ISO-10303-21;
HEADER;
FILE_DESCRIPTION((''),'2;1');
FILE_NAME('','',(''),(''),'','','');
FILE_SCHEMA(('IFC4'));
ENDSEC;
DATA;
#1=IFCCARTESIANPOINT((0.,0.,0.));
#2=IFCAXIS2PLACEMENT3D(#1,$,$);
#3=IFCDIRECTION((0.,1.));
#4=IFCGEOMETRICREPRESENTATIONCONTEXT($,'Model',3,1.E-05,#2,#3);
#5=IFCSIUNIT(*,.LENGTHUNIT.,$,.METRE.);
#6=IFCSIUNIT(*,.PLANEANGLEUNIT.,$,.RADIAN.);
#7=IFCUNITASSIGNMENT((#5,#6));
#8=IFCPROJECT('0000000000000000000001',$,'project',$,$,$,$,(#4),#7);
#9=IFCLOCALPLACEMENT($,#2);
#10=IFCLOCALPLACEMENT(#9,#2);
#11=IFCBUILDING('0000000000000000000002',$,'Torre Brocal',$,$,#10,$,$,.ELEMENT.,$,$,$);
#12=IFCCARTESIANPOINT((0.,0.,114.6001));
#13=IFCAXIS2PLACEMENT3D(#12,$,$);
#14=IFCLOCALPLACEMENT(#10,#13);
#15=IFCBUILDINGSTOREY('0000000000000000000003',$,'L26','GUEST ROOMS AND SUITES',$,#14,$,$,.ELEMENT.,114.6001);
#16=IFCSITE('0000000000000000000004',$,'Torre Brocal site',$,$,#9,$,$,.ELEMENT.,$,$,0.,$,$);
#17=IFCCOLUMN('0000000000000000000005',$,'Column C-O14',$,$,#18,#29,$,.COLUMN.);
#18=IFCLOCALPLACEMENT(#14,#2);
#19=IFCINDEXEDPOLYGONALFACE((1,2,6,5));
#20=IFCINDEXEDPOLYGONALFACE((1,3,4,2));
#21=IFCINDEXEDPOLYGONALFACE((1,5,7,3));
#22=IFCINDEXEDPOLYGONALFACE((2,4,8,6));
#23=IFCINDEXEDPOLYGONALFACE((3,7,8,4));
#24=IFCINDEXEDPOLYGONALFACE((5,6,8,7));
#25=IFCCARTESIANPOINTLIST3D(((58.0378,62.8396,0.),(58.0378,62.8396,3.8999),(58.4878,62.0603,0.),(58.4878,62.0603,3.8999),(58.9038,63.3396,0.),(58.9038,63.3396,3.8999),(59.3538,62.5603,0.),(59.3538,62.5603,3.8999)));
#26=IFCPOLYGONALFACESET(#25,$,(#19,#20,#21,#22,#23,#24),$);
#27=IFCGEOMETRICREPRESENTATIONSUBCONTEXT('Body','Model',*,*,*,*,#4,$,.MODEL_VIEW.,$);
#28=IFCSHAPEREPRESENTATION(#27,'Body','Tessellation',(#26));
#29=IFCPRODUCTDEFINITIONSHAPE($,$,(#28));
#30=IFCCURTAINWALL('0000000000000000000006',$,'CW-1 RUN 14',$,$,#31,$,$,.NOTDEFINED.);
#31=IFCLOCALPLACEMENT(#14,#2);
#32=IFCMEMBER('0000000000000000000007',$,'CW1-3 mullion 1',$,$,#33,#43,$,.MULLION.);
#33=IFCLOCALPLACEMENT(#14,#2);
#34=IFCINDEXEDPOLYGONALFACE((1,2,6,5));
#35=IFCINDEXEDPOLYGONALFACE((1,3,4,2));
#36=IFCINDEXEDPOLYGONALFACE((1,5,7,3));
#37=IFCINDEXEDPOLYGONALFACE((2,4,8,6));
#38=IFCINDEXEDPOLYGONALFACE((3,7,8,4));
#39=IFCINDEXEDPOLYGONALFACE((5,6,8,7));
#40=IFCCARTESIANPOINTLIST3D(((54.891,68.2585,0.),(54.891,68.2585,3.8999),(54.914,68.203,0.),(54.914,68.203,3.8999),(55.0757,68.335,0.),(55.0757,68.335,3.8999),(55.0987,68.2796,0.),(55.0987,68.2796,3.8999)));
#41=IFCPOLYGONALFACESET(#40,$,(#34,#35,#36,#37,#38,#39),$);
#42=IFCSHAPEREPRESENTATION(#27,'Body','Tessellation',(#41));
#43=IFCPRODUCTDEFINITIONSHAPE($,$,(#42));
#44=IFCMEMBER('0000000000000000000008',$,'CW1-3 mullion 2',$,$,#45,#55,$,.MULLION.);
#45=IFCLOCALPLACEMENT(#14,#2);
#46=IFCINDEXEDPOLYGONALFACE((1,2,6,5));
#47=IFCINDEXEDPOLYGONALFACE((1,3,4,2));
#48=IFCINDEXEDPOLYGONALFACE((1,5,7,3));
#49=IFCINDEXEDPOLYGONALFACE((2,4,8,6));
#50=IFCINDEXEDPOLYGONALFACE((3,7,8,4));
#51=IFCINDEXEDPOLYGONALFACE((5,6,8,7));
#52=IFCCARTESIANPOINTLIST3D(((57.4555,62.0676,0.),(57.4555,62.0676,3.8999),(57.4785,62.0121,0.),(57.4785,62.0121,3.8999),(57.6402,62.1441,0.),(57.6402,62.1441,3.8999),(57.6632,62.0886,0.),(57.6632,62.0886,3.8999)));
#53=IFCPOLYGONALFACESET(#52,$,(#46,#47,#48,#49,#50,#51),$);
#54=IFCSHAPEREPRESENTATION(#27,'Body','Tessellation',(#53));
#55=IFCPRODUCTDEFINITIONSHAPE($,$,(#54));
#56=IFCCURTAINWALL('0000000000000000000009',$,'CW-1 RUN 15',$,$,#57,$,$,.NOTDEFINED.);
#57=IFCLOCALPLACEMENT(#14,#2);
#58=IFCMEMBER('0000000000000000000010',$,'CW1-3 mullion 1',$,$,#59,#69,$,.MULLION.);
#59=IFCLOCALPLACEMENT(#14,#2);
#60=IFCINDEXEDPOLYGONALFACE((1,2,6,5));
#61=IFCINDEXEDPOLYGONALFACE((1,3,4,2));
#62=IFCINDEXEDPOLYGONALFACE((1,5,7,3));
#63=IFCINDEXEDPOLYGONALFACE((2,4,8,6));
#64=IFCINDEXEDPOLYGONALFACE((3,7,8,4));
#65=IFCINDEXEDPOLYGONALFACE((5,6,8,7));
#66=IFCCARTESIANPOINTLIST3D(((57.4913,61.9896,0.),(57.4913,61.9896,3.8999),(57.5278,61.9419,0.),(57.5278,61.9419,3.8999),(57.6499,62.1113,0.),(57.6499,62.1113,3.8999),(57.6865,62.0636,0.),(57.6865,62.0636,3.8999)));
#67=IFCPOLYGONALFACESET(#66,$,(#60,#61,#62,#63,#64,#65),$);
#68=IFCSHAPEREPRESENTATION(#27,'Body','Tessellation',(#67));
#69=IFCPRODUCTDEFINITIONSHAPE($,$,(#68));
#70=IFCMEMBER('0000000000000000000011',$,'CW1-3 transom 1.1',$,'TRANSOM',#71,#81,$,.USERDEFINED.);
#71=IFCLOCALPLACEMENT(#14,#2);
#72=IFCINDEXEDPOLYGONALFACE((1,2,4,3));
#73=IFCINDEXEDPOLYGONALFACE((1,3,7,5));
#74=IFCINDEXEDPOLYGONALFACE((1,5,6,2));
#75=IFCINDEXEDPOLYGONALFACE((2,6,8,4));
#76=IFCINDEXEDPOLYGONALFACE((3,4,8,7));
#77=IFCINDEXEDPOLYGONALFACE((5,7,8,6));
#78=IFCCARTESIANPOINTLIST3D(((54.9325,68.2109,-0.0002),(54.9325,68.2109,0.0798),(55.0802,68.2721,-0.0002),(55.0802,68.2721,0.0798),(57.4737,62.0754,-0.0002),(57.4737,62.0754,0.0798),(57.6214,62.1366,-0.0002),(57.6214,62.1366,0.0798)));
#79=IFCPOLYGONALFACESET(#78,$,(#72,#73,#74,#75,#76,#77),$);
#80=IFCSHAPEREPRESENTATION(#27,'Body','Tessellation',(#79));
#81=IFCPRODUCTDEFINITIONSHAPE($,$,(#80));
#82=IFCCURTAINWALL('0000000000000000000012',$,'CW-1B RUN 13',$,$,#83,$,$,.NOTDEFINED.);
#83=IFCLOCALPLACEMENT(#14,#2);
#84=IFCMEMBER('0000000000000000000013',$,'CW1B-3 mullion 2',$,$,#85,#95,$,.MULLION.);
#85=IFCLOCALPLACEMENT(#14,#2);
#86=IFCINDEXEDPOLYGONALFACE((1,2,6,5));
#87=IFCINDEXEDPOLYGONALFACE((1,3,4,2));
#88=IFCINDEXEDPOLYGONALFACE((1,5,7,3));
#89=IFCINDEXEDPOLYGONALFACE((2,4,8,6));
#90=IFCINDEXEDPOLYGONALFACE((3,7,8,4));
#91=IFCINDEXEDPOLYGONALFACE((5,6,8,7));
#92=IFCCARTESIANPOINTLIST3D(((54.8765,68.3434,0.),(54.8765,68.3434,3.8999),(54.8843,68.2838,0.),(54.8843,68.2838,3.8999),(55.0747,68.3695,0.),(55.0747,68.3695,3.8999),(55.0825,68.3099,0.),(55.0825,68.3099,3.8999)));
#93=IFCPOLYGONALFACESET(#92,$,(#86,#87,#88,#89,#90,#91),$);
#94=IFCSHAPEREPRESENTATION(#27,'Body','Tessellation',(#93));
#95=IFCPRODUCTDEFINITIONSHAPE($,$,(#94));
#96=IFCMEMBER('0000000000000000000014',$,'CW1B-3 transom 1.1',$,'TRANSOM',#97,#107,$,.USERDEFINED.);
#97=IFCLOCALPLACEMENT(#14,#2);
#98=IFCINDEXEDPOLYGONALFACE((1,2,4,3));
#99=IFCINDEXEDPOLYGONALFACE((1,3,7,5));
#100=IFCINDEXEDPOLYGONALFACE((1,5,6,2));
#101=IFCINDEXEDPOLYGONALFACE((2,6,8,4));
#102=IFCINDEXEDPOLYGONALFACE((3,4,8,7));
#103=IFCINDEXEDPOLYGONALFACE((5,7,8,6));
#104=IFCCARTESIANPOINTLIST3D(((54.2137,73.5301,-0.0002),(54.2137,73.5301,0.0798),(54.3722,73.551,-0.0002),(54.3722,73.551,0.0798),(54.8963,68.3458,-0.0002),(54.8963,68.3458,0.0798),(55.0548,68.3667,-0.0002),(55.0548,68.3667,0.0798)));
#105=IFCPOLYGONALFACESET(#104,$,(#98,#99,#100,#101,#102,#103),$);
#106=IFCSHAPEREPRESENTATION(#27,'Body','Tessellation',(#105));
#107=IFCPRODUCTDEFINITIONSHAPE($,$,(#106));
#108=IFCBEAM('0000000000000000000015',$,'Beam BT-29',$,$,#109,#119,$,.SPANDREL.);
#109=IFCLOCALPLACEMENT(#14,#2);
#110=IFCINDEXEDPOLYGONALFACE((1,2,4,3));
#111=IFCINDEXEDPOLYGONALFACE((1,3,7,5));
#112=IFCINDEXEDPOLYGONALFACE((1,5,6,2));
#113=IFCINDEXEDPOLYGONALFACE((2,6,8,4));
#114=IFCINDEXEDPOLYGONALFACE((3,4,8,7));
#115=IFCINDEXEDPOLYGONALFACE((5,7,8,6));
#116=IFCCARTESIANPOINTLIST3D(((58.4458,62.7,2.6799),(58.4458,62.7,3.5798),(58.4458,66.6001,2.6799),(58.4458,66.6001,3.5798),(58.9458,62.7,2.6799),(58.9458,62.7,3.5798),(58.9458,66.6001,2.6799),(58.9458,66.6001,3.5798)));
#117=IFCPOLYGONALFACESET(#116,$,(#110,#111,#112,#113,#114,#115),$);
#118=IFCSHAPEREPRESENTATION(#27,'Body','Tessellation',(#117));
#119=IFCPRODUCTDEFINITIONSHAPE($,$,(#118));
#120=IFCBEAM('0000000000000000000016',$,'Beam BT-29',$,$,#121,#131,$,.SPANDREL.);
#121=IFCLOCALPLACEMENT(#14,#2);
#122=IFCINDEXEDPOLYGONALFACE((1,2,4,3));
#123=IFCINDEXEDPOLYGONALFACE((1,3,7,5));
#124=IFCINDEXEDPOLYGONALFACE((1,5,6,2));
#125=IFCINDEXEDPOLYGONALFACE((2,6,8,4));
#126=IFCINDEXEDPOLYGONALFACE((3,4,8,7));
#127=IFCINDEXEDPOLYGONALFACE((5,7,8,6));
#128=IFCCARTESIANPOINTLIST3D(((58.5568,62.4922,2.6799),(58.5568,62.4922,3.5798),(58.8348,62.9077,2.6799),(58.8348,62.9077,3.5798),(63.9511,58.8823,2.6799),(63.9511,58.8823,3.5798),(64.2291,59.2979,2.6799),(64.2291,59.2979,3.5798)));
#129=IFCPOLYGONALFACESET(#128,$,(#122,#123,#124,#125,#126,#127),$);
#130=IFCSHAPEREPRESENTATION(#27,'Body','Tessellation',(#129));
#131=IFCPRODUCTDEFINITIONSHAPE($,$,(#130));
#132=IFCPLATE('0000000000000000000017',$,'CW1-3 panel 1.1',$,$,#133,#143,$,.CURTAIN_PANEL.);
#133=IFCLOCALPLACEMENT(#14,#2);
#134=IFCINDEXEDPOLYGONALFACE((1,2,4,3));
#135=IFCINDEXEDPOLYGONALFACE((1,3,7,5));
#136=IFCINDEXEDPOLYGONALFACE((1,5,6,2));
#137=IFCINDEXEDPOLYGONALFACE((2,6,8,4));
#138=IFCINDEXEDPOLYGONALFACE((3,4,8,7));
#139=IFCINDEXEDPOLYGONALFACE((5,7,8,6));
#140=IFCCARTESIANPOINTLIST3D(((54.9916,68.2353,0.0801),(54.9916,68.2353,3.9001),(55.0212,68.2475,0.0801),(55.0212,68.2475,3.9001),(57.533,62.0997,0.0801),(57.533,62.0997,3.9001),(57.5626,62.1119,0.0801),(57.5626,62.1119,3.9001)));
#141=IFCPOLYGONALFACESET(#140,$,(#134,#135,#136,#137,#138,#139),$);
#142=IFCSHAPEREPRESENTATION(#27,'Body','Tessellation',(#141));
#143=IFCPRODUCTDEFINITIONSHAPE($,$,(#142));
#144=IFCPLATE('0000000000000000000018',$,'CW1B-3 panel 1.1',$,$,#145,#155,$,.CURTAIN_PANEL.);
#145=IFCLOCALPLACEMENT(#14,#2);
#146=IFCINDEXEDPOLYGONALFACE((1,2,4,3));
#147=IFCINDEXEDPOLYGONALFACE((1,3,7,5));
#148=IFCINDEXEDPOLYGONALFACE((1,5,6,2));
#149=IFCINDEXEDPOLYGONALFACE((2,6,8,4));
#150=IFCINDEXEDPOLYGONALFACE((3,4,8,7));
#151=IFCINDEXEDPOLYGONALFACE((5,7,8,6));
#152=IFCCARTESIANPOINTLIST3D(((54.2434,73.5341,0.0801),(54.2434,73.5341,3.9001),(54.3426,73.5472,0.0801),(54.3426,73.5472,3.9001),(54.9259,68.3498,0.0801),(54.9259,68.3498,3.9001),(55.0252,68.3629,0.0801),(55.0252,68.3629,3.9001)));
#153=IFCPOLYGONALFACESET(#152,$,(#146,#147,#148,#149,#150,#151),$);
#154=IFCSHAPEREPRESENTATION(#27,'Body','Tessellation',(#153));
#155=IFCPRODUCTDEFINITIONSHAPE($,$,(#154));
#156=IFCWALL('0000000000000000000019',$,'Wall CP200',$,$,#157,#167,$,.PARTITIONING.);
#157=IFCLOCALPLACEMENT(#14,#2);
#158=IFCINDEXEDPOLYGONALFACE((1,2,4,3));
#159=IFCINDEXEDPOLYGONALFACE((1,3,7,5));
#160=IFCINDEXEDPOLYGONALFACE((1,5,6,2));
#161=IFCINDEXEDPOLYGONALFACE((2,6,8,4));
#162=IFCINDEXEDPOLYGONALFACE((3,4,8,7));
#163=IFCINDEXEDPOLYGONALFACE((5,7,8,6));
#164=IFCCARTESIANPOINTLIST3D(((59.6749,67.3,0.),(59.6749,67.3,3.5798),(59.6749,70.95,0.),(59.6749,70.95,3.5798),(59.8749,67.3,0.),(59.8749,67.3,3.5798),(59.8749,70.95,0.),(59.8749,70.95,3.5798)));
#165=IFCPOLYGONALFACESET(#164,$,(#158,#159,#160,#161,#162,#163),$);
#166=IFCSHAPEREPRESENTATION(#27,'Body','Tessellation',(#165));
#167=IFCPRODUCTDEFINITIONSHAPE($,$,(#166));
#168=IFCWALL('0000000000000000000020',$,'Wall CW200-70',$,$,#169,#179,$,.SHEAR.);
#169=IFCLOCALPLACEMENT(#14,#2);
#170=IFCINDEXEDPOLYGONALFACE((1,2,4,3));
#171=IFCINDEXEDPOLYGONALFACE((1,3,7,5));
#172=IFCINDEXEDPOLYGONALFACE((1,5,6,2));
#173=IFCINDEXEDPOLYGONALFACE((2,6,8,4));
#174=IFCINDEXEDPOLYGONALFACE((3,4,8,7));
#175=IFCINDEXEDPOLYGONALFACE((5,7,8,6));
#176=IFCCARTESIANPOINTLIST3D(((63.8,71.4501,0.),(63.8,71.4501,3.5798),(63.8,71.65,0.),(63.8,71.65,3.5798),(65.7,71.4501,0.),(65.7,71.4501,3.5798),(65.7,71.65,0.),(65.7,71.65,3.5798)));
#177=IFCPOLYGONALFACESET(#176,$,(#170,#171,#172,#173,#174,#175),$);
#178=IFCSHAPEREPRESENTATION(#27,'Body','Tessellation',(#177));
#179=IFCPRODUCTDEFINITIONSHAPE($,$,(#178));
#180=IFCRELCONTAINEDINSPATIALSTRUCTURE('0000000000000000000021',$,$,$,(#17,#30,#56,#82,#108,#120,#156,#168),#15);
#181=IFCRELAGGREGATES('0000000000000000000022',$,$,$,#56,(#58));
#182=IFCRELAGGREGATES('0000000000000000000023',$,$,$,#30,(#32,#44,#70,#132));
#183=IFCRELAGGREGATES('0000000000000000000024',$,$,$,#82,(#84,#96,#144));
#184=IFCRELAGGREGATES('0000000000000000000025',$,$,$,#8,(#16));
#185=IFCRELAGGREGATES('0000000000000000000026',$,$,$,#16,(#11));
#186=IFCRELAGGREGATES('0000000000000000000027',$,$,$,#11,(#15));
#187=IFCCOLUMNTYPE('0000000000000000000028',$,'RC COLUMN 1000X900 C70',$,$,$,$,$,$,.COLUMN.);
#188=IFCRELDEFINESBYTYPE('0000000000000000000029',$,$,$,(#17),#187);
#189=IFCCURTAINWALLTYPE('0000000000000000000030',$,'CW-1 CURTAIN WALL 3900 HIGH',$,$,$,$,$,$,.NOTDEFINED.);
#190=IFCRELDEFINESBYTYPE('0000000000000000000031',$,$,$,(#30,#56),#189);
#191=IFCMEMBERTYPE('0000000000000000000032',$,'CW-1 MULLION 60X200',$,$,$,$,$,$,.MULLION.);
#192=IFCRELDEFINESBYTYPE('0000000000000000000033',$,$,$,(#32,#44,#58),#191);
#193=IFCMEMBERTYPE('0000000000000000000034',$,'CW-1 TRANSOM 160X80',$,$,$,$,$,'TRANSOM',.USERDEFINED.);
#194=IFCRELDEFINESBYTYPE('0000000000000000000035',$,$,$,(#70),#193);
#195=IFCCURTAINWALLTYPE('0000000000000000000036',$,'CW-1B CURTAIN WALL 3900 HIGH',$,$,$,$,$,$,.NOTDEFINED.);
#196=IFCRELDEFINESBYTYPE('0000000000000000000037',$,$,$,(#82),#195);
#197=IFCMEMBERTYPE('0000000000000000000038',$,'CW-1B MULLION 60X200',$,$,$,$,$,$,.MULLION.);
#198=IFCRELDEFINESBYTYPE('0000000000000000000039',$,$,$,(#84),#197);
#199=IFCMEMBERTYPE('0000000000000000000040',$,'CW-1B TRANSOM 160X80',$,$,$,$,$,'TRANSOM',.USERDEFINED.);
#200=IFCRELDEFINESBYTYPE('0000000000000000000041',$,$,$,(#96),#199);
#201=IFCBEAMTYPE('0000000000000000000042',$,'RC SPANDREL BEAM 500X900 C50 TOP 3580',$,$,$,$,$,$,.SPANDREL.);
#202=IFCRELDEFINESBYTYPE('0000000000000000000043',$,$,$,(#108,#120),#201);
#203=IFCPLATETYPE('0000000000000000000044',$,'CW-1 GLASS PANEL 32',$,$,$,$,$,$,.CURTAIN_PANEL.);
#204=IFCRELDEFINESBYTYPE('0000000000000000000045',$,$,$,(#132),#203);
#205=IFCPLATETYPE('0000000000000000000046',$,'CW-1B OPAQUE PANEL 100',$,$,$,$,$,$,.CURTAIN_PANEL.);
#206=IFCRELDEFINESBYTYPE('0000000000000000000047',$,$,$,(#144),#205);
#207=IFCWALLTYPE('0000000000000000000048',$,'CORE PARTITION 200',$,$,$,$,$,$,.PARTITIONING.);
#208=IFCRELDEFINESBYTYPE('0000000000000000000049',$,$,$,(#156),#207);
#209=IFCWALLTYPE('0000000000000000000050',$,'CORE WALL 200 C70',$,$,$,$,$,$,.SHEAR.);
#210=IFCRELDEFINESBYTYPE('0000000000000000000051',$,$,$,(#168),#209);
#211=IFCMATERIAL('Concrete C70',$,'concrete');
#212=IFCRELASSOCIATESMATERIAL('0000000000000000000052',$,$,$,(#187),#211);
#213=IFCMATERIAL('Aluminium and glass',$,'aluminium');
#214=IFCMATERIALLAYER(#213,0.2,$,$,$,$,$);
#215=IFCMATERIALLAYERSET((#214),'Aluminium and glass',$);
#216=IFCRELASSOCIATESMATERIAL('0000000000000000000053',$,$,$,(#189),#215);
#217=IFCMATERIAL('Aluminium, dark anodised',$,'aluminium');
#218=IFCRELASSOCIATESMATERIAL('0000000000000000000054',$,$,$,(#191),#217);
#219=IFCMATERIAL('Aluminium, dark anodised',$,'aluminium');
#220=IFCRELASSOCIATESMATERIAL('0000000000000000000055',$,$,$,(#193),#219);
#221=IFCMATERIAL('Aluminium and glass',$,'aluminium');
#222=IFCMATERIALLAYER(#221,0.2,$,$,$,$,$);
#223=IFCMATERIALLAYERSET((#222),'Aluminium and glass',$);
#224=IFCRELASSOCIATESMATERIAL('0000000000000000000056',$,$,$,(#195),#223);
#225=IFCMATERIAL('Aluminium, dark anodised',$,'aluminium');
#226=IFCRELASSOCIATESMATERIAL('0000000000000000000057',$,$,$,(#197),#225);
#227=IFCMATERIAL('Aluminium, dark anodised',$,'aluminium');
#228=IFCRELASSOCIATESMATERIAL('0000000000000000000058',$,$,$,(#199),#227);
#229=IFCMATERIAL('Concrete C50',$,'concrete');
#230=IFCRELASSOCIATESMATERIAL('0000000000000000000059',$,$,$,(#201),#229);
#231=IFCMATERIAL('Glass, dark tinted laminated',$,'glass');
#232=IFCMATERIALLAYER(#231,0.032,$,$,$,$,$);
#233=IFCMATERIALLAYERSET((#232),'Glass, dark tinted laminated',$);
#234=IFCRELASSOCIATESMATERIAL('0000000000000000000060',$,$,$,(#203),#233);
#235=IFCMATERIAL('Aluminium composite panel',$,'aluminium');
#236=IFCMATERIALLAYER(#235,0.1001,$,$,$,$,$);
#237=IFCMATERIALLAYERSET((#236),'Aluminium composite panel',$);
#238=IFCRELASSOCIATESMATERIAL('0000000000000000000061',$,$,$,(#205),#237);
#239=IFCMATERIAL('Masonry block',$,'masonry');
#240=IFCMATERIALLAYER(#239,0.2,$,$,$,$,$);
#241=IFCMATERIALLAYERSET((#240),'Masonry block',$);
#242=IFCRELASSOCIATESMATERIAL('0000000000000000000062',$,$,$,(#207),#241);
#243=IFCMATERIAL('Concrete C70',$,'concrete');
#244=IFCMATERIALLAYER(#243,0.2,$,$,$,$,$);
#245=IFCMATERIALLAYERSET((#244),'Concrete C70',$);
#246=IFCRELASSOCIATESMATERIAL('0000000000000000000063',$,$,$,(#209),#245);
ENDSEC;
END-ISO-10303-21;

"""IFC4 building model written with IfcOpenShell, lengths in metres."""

from ifc_helpers import new_model, si_unit, direction, frame, frame_2d, origin, origin_2d, place, context, subcontext, project, spatial, rectangle, extrude, material, layer, layer_set, material_profile, profile_set, type_object, element, aggregate, save


model = new_model("IFC4")

# Units and contexts
model_context = context("Model", 3, precision=1e-05, world=origin(), true_north=direction((0.0, 1.0)))
body_context = subcontext(model_context, "Body", "Model", "MODEL_VIEW")
ifc_project = project(units=[si_unit("LENGTHUNIT", "METRE"), si_unit("PLANEANGLEUNIT", "RADIAN")], contexts=[model_context])

# Site, building, storey
site_placement = place(None, origin())
site = spatial("IfcSite", under=ifc_project, at=site_placement, Name="Torre Brocal site", CompositionType="ELEMENT", RefElevation=0.0)
building_placement = place(site_placement, origin())
building = spatial("IfcBuilding", under=site, at=building_placement, Name="Torre Brocal", CompositionType="ELEMENT")
storey_placement = place(building_placement, frame((0.0, 0.0, 114.6001)))
storey = spatial("IfcBuildingStorey", under=building, at=storey_placement, Name="L26", Description="GUEST ROOMS AND SUITES", CompositionType="ELEMENT", Elevation=114.6001)

# Column
ifc_material_1 = material(Name="Concrete C70", Category="concrete")
ifc_material_profile_1 = material_profile(ifc_material_1, rectangle(XDim=1.0, YDim=0.8999, at=origin_2d()), Name="RC 1000X900")
ifc_profile_set_1 = profile_set([ifc_material_profile_1], Name="Concrete C70")
column_type = type_object("IfcColumnType", Name="RC COLUMN 1000X900 C70", PredefinedType="COLUMN", material=ifc_profile_set_1)
column_placement = place(storey_placement, frame((58.6958, 62.7, 0.0), z_axis=(0.0, 0.0, 1.0), x_axis=(-0.866025, -0.5, 0.0)))
element("IfcColumn", 1, at=column_placement, inside=storey, type_object=column_type, Name="Column C-O14", PredefinedType="COLUMN", context=body_context, shape_type="SweptSolid", body=[
    extrude(rectangle(XDim=1.0, YDim=0.8999, at=origin_2d()), origin(), (0.0, 0.0, 1.0), 3.8999),
])

# Curtain wall, members
ifc_material_2 = material(Name="Aluminium and glass", Category="aluminium")
ifc_layer_1 = layer(ifc_material_2, 0.2)
ifc_layer_set_1 = layer_set([ifc_layer_1], Name="Aluminium and glass")
curtain_wall_type_1 = type_object("IfcCurtainWallType", Name="CW-1 CURTAIN WALL 3900 HIGH", PredefinedType="NOTDEFINED", material=ifc_layer_set_1)
curtain_wall_1_placement = place(storey_placement, origin())
curtain_wall_1 = element("IfcCurtainWall", 2, at=curtain_wall_1_placement, inside=storey, type_object=curtain_wall_type_1, Name="CW-1 RUN 14", PredefinedType="NOTDEFINED")
ifc_material_3 = material(Name="Aluminium, dark anodised", Category="aluminium")
ifc_material_profile_2 = material_profile(ifc_material_3, rectangle(XDim=0.2, YDim=0.0601, at=origin_2d()), Name="CW-1 MULLION 60X200")
ifc_profile_set_2 = profile_set([ifc_material_profile_2], Name="Aluminium, dark anodised")
member_type_1 = type_object("IfcMemberType", Name="CW-1 MULLION 60X200", PredefinedType="MULLION", material=ifc_profile_set_2)
member_1_placement = place(storey_placement, frame((54.9949, 68.269, 0.0), z_axis=(0.0, 0.0, 1.0), x_axis=(0.92388, 0.382683, 0.0)))
member_1 = element("IfcMember", 3, at=member_1_placement, type_object=member_type_1, Name="CW1-3 mullion 1", PredefinedType="MULLION", context=body_context, shape_type="SweptSolid", body=[
    extrude(rectangle(XDim=0.2, YDim=0.0601, at=origin_2d()), origin(), (0.0, 0.0, 1.0), 3.8999),
])
member_2_placement = place(storey_placement, frame((57.5593, 62.0781, 0.0), z_axis=(0.0, 0.0, 1.0), x_axis=(0.92388, 0.382683, 0.0)))
member_2 = element("IfcMember", 4, at=member_2_placement, type_object=member_type_1, Name="CW1-3 mullion 2", PredefinedType="MULLION", context=body_context, shape_type="SweptSolid", body=[
    extrude(rectangle(XDim=0.2, YDim=0.0601, at=origin_2d()), origin(), (0.0, 0.0, 1.0), 3.8999),
])

# Curtain wall, member
curtain_wall_2_placement = place(storey_placement, origin())
curtain_wall_2 = element("IfcCurtainWall", 5, at=curtain_wall_2_placement, inside=storey, type_object=curtain_wall_type_1, Name="CW-1 RUN 15", PredefinedType="NOTDEFINED")
member_3_placement = place(storey_placement, frame((57.5889, 62.0266, 0.0), z_axis=(0.0, 0.0, 1.0), x_axis=(0.793353, 0.608761, 0.0)))
member_3 = element("IfcMember", 6, at=member_3_placement, type_object=member_type_1, Name="CW1-3 mullion 1", PredefinedType="MULLION", context=body_context, shape_type="SweptSolid", body=[
    extrude(rectangle(XDim=0.2, YDim=0.0601, at=origin_2d()), origin(), (0.0, 0.0, 1.0), 3.8999),
])
aggregate(curtain_wall_2, [member_3])

# Member
ifc_material_4 = material(Name="Aluminium, dark anodised", Category="aluminium")
ifc_material_profile_3 = material_profile(ifc_material_4, rectangle(XDim=0.1599, YDim=0.0801, at=origin_2d()), Name="CW-1 TRANSOM 160X80")
ifc_profile_set_3 = profile_set([ifc_material_profile_3], Name="Aluminium, dark anodised")
member_type_2 = type_object("IfcMemberType", Name="CW-1 TRANSOM 160X80", ElementType="TRANSOM", PredefinedType="USERDEFINED", material=ifc_profile_set_3)
member_4_placement = place(storey_placement, frame((55.0063, 68.2415, 0.0398), z_axis=(0.382665, -0.923887, 0.0), x_axis=(0.923887, 0.382665, 0.0)))
member_4 = element("IfcMember", 7, at=member_4_placement, type_object=member_type_2, Name="CW1-3 transom 1.1", ObjectType="TRANSOM", PredefinedType="USERDEFINED", context=body_context, shape_type="SweptSolid", body=[
    extrude(rectangle(XDim=0.1599, YDim=0.0801, at=origin_2d()), origin(), (0.0, 0.0, 1.0), 6.6409),
])

# Curtain wall, members
ifc_material_5 = material(Name="Aluminium and glass", Category="aluminium")
ifc_layer_2 = layer(ifc_material_5, 0.2)
ifc_layer_set_2 = layer_set([ifc_layer_2], Name="Aluminium and glass")
curtain_wall_type_2 = type_object("IfcCurtainWallType", Name="CW-1B CURTAIN WALL 3900 HIGH", PredefinedType="NOTDEFINED", material=ifc_layer_set_2)
curtain_wall_3_placement = place(storey_placement, origin())
curtain_wall_3 = element("IfcCurtainWall", 8, at=curtain_wall_3_placement, inside=storey, type_object=curtain_wall_type_2, Name="CW-1B RUN 13", PredefinedType="NOTDEFINED")
ifc_material_6 = material(Name="Aluminium, dark anodised", Category="aluminium")
ifc_material_profile_4 = material_profile(ifc_material_6, rectangle(XDim=0.2, YDim=0.0601, at=origin_2d()), Name="CW-1B MULLION 60X200")
ifc_profile_set_4 = profile_set([ifc_material_profile_4], Name="Aluminium, dark anodised")
member_type_3 = type_object("IfcMemberType", Name="CW-1B MULLION 60X200", PredefinedType="MULLION", material=ifc_profile_set_4)
member_5_placement = place(storey_placement, frame((54.9795, 68.3267, 0.0), z_axis=(0.0, 0.0, 1.0), x_axis=(0.991445, 0.130526, 0.0)))
member_5 = element("IfcMember", 9, at=member_5_placement, type_object=member_type_3, Name="CW1B-3 mullion 2", PredefinedType="MULLION", context=body_context, shape_type="SweptSolid", body=[
    extrude(rectangle(XDim=0.2, YDim=0.0601, at=origin_2d()), origin(), (0.0, 0.0, 1.0), 3.8999),
])
ifc_material_7 = material(Name="Aluminium, dark anodised", Category="aluminium")
ifc_material_profile_5 = material_profile(ifc_material_7, rectangle(XDim=0.1599, YDim=0.0801, at=origin_2d()), Name="CW-1B TRANSOM 160X80")
ifc_profile_set_5 = profile_set([ifc_material_profile_5], Name="Aluminium, dark anodised")
member_type_4 = type_object("IfcMemberType", Name="CW-1B TRANSOM 160X80", ElementType="TRANSOM", PredefinedType="USERDEFINED", material=ifc_profile_set_5)
member_6_placement = place(storey_placement, frame((54.293, 73.5405, 0.0398), z_axis=(0.130543, -0.991443, 0.0), x_axis=(0.991443, 0.130543, 0.0)))
member_6 = element("IfcMember", 10, at=member_6_placement, type_object=member_type_4, Name="CW1B-3 transom 1.1", ObjectType="TRANSOM", PredefinedType="USERDEFINED", context=body_context, shape_type="SweptSolid", body=[
    extrude(rectangle(XDim=0.1599, YDim=0.0801, at=origin_2d()), origin(), (0.0, 0.0, 1.0), 5.229),
])

# Beams
ifc_material_8 = material(Name="Concrete C50", Category="concrete")
ifc_material_profile_6 = material_profile(ifc_material_8, rectangle(XDim=0.5, YDim=0.8999, at=origin_2d()), Name="RC 500X900")
ifc_profile_set_6 = profile_set([ifc_material_profile_6], Name="Concrete C50")
beam_type = type_object("IfcBeamType", Name="RC SPANDREL BEAM 500X900 C50 TOP 3580", PredefinedType="SPANDREL", material=ifc_profile_set_6)
beam_1_placement = place(storey_placement, frame((58.6958, 62.7, 3.1299), z_axis=(0.0, 1.0, 0.0), x_axis=(-1.0, 0.0, 0.0)))
element("IfcBeam", 11, at=beam_1_placement, inside=storey, type_object=beam_type, Name="Beam BT-29", PredefinedType="SPANDREL", context=body_context, shape_type="SweptSolid", body=[
    extrude(rectangle(XDim=0.5, YDim=0.8999, at=origin_2d()), origin(), (0.0, 0.0, 1.0), 3.9001),
])
beam_2_placement = place(storey_placement, frame((58.6958, 62.7, 3.1299), z_axis=(0.831077, -0.556158, 0.0), x_axis=(0.556158, 0.831077, 0.0)))
element("IfcBeam", 12, at=beam_2_placement, inside=storey, type_object=beam_type, Name="Beam BT-29", PredefinedType="SPANDREL", context=body_context, shape_type="SweptSolid", body=[
    extrude(rectangle(XDim=0.5, YDim=0.8999, at=origin_2d()), origin(), (0.0, 0.0, 1.0), 6.4907),
])

# Plates
ifc_material_9 = material(Name="Glass, dark tinted laminated", Category="glass")
ifc_layer_3 = layer(ifc_material_9, 0.032)
ifc_layer_set_3 = layer_set([ifc_layer_3], Name="Glass, dark tinted laminated")
plate_type_1 = type_object("IfcPlateType", Name="CW-1 GLASS PANEL 32", PredefinedType="CURTAIN_PANEL", material=ifc_layer_set_3)
plate_1_placement = place(storey_placement, frame((56.2771, 65.1736, 0.0801), z_axis=(0.0, 0.0, 1.0), x_axis=(0.382683, -0.92388, 0.0)))
plate_1 = element("IfcPlate", 13, at=plate_1_placement, type_object=plate_type_1, Name="CW1-3 panel 1.1", PredefinedType="CURTAIN_PANEL", context=body_context, shape_type="SweptSolid", body=[
    extrude(rectangle(XDim=6.6411, YDim=0.032, at=origin_2d()), origin(), (0.0, 0.0, 1.0), 3.8201),
])
aggregate(curtain_wall_1, [member_1, member_2, member_4, plate_1])
ifc_material_10 = material(Name="Aluminium composite panel", Category="aluminium")
ifc_layer_4 = layer(ifc_material_10, 0.1001)
ifc_layer_set_4 = layer_set([ifc_layer_4], Name="Aluminium composite panel")
plate_type_2 = type_object("IfcPlateType", Name="CW-1B OPAQUE PANEL 100", PredefinedType="CURTAIN_PANEL", material=ifc_layer_set_4)
plate_2_placement = place(storey_placement, frame((54.6343, 70.9485, 0.0801), z_axis=(0.0, 0.0, 1.0), x_axis=(0.130526, -0.991445, 0.0)))
plate_2 = element("IfcPlate", 14, at=plate_2_placement, type_object=plate_type_2, Name="CW1B-3 panel 1.1", PredefinedType="CURTAIN_PANEL", context=body_context, shape_type="SweptSolid", body=[
    extrude(rectangle(XDim=5.229, YDim=0.1001, at=origin_2d()), origin(), (0.0, 0.0, 1.0), 3.8201),
])
aggregate(curtain_wall_3, [member_5, member_6, plate_2])

# Walls
ifc_material_11 = material(Name="Masonry block", Category="masonry")
ifc_layer_5 = layer(ifc_material_11, 0.2)
ifc_layer_set_5 = layer_set([ifc_layer_5], Name="Masonry block")
wall_type_1 = type_object("IfcWallType", Name="CORE PARTITION 200", PredefinedType="PARTITIONING", material=ifc_layer_set_5)
wall_1_placement = place(storey_placement, frame((59.7749, 70.95, 0.0), z_axis=(0.0, 0.0, 1.0), x_axis=(0.0, -1.0, 0.0)))
element("IfcWall", 15, at=wall_1_placement, inside=storey, type_object=wall_type_1, Name="Wall CP200", PredefinedType="PARTITIONING", context=body_context, shape_type="SweptSolid", body=[
    extrude(rectangle(XDim=3.6499, YDim=0.2, at=frame_2d((1.825, 0.0))), origin(), (0.0, 0.0, 1.0), 3.5798),
])
ifc_material_12 = material(Name="Concrete C70", Category="concrete")
ifc_layer_6 = layer(ifc_material_12, 0.2)
ifc_layer_set_6 = layer_set([ifc_layer_6], Name="Concrete C70")
wall_type_2 = type_object("IfcWallType", Name="CORE WALL 200 C70", PredefinedType="SHEAR", material=ifc_layer_set_6)
wall_2_placement = place(storey_placement, frame((65.7, 71.55, 0.0), z_axis=(0.0, 0.0, 1.0), x_axis=(-1.0, 0.0, 0.0)))
element("IfcWall", 16, at=wall_2_placement, inside=storey, type_object=wall_type_2, Name="Wall CW200-70", PredefinedType="SHEAR", context=body_context, shape_type="SweptSolid", body=[
    extrude(rectangle(XDim=1.8999, YDim=0.2, at=frame_2d((0.95, 0.0))), origin(), (0.0, 0.0, 1.0), 3.5798),
])

save(model, "model.ifc")
